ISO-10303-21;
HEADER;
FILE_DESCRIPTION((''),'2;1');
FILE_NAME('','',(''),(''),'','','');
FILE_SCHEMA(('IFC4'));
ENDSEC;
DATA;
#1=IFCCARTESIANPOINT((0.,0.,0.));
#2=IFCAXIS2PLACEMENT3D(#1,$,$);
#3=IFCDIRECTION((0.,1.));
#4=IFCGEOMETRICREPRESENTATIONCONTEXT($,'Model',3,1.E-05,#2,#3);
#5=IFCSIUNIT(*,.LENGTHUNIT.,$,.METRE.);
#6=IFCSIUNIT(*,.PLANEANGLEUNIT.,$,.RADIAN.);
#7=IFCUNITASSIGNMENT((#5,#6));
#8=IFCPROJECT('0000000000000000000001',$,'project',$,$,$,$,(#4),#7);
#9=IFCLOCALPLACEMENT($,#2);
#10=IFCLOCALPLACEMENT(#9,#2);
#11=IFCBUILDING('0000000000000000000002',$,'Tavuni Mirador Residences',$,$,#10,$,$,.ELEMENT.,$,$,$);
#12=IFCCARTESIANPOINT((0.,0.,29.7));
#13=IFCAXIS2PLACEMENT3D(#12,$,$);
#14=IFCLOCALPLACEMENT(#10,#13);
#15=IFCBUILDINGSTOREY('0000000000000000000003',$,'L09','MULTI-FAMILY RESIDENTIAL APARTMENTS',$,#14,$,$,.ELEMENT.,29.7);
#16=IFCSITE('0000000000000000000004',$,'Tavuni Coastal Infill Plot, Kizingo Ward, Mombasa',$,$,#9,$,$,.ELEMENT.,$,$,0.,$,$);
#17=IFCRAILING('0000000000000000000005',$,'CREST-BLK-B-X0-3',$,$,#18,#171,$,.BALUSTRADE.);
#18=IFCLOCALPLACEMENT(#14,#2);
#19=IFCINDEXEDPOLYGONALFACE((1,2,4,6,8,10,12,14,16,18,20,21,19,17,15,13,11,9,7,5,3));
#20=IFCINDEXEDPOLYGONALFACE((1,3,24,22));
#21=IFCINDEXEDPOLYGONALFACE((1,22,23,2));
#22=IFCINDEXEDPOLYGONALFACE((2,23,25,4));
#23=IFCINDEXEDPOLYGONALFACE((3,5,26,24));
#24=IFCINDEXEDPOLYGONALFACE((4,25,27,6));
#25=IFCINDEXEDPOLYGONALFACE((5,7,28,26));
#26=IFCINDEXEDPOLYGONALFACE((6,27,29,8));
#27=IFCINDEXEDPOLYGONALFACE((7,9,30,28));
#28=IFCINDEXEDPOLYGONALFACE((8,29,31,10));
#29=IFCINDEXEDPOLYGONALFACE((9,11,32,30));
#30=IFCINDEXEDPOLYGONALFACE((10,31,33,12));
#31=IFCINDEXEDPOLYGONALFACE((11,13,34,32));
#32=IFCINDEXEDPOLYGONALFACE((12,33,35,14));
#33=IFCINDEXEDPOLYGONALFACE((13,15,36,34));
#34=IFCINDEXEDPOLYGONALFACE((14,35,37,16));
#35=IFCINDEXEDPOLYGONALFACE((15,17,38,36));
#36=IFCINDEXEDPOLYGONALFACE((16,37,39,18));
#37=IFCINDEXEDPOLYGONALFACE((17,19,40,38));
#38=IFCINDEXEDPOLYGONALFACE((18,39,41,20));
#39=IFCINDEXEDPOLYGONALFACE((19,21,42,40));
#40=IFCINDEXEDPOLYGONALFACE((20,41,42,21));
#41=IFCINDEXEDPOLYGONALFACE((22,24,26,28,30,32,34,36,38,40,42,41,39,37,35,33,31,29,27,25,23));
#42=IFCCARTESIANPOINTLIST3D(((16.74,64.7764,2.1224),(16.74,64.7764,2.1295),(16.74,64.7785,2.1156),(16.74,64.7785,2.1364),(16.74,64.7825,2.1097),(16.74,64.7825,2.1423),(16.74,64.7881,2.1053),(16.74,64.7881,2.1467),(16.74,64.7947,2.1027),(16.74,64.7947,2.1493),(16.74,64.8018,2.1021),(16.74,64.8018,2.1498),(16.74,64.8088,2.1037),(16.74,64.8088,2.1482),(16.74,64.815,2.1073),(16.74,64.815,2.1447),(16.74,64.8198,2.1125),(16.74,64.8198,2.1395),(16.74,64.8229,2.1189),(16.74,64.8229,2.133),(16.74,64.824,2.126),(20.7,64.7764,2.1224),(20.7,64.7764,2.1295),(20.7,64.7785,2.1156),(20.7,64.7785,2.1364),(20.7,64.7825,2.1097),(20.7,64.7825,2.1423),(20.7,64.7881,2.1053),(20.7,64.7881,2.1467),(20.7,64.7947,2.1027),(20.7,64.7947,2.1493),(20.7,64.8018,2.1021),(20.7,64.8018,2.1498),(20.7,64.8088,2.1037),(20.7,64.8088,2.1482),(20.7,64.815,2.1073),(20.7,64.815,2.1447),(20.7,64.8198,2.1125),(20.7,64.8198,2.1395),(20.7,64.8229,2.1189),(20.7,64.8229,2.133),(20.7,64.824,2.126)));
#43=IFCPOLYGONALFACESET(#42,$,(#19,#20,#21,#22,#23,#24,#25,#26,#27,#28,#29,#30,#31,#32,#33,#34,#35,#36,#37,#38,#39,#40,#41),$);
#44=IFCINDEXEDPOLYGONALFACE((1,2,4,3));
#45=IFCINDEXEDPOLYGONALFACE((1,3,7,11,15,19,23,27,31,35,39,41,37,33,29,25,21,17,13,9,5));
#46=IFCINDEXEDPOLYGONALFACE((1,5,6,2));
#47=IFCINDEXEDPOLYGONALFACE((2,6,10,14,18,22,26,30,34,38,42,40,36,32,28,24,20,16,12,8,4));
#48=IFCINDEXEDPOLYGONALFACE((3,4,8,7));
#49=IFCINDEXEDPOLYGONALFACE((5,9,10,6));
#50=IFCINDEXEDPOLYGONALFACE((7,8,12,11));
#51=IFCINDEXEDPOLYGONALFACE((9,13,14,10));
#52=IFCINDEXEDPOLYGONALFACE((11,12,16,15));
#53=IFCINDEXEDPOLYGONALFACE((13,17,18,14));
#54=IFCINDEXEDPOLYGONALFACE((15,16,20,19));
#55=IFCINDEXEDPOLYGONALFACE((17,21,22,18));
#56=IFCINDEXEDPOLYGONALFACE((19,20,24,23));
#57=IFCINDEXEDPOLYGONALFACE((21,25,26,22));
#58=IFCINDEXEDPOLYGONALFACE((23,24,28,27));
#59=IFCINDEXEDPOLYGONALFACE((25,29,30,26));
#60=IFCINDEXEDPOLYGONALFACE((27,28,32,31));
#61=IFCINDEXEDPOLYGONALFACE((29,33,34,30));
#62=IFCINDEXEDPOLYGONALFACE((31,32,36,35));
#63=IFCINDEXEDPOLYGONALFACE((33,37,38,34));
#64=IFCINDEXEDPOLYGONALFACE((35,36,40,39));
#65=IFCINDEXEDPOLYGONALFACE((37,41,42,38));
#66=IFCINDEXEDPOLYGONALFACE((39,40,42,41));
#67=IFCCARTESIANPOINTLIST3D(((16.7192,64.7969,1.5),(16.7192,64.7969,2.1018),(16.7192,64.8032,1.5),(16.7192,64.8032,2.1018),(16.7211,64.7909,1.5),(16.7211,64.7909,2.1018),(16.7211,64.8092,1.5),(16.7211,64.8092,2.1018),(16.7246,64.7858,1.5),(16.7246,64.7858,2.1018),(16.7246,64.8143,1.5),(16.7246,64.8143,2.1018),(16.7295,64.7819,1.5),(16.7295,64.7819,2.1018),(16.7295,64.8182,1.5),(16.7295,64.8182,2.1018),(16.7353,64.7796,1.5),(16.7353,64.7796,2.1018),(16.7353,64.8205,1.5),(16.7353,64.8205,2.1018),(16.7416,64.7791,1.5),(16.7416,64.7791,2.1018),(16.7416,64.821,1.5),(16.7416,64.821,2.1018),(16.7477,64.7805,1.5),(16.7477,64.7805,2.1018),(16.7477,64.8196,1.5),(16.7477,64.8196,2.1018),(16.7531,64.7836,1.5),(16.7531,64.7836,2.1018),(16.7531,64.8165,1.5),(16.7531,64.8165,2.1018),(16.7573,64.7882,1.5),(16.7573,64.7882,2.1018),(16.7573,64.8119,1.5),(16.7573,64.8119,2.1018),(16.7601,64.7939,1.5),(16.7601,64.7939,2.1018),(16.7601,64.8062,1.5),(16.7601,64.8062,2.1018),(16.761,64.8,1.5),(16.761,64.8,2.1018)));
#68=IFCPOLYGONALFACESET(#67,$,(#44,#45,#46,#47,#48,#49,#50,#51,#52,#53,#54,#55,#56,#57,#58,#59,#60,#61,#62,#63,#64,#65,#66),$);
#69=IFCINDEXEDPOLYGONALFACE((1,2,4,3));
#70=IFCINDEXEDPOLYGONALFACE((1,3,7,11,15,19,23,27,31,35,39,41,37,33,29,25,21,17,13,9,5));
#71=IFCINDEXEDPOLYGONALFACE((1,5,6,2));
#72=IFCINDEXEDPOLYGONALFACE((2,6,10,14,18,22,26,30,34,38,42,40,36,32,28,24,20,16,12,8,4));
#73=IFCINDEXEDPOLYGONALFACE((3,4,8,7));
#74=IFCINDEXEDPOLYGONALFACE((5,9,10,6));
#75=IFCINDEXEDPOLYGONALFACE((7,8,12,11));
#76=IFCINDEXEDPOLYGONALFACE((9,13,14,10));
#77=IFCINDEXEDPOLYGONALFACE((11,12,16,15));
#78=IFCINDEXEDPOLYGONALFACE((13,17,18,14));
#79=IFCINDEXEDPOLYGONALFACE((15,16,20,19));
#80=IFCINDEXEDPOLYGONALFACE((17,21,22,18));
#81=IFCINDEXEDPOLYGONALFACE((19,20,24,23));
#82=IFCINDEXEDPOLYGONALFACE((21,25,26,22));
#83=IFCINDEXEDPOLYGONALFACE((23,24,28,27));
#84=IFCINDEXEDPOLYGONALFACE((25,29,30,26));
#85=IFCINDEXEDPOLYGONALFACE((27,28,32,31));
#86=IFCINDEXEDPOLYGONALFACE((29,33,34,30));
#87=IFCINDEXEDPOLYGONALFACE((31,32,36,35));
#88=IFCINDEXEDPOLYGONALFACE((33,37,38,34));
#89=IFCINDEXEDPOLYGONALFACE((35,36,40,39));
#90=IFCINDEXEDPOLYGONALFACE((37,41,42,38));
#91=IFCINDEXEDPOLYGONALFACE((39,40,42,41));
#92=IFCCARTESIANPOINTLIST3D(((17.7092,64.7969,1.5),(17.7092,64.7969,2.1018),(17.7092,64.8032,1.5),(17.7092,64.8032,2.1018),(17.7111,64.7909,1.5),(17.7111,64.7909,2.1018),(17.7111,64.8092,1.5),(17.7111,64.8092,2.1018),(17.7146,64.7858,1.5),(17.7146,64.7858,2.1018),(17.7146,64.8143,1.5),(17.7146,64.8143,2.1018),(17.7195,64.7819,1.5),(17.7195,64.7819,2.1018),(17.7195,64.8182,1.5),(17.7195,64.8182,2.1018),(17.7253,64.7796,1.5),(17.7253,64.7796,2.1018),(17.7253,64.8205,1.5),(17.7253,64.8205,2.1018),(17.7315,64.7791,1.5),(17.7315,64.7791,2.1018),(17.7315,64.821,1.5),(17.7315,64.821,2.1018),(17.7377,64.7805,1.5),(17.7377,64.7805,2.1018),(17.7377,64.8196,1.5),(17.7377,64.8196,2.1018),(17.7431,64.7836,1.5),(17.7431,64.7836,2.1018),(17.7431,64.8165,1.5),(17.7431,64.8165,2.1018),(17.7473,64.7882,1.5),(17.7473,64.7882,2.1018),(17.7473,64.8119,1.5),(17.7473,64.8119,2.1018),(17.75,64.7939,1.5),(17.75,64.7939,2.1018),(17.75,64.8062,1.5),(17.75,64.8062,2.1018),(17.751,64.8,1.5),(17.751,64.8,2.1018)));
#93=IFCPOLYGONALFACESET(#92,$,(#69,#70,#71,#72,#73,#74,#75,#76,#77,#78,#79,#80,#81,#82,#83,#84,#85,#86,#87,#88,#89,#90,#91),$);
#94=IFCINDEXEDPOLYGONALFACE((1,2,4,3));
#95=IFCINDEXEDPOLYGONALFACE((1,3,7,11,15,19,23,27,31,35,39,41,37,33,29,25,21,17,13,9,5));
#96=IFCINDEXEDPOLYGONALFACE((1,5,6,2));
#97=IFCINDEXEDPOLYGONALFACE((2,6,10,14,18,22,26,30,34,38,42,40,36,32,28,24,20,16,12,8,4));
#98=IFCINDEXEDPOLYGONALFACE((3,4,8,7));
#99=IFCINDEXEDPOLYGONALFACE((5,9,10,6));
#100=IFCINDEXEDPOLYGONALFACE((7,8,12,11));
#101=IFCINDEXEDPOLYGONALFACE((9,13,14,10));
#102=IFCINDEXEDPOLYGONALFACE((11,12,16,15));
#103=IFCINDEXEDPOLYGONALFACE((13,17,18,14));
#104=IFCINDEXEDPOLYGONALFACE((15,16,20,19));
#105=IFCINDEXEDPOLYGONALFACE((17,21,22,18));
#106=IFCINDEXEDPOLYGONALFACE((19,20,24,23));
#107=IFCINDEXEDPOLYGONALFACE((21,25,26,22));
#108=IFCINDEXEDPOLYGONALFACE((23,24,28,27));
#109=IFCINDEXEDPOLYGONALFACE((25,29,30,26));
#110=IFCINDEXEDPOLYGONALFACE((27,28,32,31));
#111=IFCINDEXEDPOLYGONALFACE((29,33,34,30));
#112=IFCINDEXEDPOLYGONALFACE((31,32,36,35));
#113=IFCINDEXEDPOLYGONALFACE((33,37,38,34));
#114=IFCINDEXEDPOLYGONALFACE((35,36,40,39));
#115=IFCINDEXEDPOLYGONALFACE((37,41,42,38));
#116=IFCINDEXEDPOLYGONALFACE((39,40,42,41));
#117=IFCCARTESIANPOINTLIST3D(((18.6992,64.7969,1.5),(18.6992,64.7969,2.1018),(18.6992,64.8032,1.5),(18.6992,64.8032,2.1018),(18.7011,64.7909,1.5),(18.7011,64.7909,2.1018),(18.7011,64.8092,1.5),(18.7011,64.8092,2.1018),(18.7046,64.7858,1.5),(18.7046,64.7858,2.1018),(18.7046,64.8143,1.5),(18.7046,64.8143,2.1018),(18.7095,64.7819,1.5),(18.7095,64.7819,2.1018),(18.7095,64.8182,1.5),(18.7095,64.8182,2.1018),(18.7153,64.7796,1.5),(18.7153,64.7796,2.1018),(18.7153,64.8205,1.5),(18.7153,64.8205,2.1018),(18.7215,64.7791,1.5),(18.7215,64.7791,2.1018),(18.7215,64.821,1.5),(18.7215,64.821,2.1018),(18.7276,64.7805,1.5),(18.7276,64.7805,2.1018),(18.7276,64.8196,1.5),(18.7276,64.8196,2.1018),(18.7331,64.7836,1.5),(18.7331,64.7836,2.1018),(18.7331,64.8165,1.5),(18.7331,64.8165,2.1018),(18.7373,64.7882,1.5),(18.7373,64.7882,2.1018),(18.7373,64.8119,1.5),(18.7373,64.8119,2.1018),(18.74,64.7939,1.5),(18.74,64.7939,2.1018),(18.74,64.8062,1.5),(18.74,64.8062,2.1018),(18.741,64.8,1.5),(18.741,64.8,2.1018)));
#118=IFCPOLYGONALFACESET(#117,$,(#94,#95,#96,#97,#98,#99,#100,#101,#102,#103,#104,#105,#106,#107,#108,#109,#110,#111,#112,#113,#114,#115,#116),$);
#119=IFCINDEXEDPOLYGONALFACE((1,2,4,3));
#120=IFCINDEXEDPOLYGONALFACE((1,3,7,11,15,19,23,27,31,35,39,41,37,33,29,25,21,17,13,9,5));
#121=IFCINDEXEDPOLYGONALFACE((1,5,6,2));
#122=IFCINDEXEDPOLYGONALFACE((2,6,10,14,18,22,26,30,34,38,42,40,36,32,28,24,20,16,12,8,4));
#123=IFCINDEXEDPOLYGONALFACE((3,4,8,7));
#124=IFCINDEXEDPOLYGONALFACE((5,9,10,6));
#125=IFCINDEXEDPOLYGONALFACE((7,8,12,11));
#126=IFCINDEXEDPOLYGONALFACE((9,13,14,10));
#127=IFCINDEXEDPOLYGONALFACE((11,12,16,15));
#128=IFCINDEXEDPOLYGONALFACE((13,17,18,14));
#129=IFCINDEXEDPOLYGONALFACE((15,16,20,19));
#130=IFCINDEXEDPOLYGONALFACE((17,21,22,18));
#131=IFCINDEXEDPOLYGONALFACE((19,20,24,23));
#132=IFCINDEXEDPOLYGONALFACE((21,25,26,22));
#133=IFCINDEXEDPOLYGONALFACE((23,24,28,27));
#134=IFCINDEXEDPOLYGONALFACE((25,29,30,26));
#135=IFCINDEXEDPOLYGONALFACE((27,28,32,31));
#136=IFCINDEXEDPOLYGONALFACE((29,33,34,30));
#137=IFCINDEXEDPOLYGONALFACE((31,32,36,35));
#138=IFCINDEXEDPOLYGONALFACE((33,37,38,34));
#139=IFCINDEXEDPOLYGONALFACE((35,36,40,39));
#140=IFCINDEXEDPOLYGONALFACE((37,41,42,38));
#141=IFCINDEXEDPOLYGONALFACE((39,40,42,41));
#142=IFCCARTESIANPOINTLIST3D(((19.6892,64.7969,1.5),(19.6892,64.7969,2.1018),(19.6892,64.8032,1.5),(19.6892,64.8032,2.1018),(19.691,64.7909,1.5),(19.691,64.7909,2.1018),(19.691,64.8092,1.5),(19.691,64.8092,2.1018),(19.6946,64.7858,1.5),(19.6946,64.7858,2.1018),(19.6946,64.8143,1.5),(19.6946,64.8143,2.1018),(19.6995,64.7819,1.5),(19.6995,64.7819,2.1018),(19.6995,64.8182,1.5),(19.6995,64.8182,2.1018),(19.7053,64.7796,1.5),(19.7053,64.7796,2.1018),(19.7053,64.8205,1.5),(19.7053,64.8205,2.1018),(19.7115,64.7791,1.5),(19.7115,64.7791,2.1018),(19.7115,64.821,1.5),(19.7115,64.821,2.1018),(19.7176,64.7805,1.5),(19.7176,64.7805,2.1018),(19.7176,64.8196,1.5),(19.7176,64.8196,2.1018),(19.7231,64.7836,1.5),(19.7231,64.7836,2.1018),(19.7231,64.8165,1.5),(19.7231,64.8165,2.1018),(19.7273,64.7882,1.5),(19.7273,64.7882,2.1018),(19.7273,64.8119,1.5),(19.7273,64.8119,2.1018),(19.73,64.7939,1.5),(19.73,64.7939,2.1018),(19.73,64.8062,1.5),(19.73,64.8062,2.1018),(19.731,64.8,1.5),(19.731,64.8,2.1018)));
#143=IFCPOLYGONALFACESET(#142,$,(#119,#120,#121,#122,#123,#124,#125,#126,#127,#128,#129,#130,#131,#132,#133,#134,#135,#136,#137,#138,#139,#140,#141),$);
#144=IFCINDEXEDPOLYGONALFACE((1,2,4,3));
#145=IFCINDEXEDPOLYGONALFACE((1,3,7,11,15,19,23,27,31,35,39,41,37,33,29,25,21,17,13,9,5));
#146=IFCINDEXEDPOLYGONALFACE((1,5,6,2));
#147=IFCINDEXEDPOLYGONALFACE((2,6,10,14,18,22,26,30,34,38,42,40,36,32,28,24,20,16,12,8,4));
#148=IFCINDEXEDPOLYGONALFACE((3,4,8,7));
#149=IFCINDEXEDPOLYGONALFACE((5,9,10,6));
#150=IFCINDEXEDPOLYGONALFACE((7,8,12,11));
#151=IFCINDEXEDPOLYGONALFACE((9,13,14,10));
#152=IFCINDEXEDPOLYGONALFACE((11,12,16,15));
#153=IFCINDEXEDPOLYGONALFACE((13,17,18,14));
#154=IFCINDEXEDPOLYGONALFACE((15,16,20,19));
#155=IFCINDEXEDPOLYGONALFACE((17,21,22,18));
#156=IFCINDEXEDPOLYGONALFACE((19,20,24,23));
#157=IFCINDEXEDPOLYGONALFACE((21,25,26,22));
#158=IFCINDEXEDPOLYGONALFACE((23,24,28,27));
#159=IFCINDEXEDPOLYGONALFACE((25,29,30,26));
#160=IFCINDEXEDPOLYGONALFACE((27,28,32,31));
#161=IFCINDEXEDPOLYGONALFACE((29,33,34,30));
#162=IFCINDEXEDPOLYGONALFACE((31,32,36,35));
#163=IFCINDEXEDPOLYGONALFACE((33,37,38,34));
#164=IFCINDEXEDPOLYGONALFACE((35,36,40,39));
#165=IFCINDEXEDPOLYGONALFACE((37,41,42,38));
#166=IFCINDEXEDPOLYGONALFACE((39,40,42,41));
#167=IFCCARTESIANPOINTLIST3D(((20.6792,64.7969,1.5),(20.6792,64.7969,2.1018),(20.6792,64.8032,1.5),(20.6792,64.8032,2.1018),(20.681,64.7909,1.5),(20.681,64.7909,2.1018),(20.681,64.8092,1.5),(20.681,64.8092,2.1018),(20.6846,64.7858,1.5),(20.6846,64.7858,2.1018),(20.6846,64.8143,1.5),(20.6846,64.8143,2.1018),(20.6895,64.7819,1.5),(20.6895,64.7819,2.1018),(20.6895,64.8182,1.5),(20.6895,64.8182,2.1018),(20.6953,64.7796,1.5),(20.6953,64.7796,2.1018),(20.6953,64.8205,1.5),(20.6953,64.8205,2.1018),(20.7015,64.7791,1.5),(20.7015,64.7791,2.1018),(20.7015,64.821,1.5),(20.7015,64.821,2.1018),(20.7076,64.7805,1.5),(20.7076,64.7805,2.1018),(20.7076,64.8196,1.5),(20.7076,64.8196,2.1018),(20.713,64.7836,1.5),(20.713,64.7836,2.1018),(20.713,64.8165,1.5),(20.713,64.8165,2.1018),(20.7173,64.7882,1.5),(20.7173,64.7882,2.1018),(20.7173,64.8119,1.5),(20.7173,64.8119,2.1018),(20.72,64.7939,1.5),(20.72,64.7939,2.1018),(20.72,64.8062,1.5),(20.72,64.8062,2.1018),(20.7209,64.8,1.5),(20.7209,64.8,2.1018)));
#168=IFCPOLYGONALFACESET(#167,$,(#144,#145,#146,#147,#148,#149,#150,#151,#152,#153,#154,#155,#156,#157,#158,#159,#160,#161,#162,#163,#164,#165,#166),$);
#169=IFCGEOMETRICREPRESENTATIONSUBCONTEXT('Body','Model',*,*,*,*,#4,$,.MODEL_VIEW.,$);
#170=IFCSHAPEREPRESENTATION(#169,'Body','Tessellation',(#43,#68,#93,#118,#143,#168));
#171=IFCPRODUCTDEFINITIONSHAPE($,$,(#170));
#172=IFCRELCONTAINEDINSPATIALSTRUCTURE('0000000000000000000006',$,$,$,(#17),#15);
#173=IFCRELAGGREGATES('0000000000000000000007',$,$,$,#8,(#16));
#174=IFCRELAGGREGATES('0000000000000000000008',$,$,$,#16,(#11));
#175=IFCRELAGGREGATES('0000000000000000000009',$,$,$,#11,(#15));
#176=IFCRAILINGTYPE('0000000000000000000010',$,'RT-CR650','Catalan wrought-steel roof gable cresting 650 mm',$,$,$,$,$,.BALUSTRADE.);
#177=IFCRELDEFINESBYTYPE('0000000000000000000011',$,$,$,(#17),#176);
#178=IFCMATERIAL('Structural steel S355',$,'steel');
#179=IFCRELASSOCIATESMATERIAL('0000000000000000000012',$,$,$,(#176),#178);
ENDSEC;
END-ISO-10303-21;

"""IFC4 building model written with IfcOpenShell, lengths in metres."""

from ifc_helpers import new_model, si_unit, direction, frame, origin, origin_2d, place, context, subcontext, project, spatial, circle, extrude, material, type_object, element, save


model = new_model("IFC4")

# Units and contexts
model_context = context("Model", 3, precision=1e-05, world=origin(), true_north=direction((0.0, 1.0)))
body_context = subcontext(model_context, "Body", "Model", "MODEL_VIEW")
ifc_project = project(units=[si_unit("LENGTHUNIT", "METRE"), si_unit("PLANEANGLEUNIT", "RADIAN")], contexts=[model_context])

# Site, building, storey
site_placement = place(None, origin())
site = spatial("IfcSite", under=ifc_project, at=site_placement, Name="Tavuni Coastal Infill Plot, Kizingo Ward, Mombasa", CompositionType="ELEMENT", RefElevation=0.0)
building_placement = place(site_placement, origin())
building = spatial("IfcBuilding", under=site, at=building_placement, Name="Tavuni Mirador Residences", CompositionType="ELEMENT")
storey_placement = place(building_placement, frame((0.0, 0.0, 29.7)))
storey = spatial("IfcBuildingStorey", under=building, at=storey_placement, Name="L09", Description="MULTI-FAMILY RESIDENTIAL APARTMENTS", CompositionType="ELEMENT", Elevation=29.7)

# Shared definitions
ifc_material_1 = material(Name="Structural steel S355", Category="steel")

# Railing
railing_type = type_object("IfcRailingType", Name="RT-CR650", Description="Catalan wrought-steel roof gable cresting 650 mm", PredefinedType="BALUSTRADE", material=ifc_material_1)
for number, where, name in (
    (1, (16.74, 64.8, 1.5), "CREST-BLK-B-X0-3"),
):
    element("IfcRailing", number, at=place(storey_placement, frame(where)), inside=storey, type_object=railing_type, Name=name, PredefinedType="BALUSTRADE", context=body_context, shape_type="SweptSolid", body=[
        extrude(circle(Radius=0.0239, at=origin_2d()), frame((0.0, 0.0, 0.626), z_axis=(1.0, 0.0, 0.0), x_axis=(0.0, 1.0, 0.0)), (0.0, 0.0, 1.0), 3.96),
        extrude(circle(Radius=0.021, at=origin_2d()), origin(), (0.0, 0.0, 1.0), 0.6018),
        extrude(circle(Radius=0.021, at=origin_2d()), frame((0.99, 0.0, 0.0)), (0.0, 0.0, 1.0), 0.6018),
        extrude(circle(Radius=0.021, at=origin_2d()), frame((1.98, 0.0, 0.0)), (0.0, 0.0, 1.0), 0.6018),
        extrude(circle(Radius=0.021, at=origin_2d()), frame((2.97, 0.0, 0.0)), (0.0, 0.0, 1.0), 0.6018),
        extrude(circle(Radius=0.021, at=origin_2d()), frame((3.96, 0.0, 0.0)), (0.0, 0.0, 1.0), 0.6018),
    ])

save(model, "model.ifc")
